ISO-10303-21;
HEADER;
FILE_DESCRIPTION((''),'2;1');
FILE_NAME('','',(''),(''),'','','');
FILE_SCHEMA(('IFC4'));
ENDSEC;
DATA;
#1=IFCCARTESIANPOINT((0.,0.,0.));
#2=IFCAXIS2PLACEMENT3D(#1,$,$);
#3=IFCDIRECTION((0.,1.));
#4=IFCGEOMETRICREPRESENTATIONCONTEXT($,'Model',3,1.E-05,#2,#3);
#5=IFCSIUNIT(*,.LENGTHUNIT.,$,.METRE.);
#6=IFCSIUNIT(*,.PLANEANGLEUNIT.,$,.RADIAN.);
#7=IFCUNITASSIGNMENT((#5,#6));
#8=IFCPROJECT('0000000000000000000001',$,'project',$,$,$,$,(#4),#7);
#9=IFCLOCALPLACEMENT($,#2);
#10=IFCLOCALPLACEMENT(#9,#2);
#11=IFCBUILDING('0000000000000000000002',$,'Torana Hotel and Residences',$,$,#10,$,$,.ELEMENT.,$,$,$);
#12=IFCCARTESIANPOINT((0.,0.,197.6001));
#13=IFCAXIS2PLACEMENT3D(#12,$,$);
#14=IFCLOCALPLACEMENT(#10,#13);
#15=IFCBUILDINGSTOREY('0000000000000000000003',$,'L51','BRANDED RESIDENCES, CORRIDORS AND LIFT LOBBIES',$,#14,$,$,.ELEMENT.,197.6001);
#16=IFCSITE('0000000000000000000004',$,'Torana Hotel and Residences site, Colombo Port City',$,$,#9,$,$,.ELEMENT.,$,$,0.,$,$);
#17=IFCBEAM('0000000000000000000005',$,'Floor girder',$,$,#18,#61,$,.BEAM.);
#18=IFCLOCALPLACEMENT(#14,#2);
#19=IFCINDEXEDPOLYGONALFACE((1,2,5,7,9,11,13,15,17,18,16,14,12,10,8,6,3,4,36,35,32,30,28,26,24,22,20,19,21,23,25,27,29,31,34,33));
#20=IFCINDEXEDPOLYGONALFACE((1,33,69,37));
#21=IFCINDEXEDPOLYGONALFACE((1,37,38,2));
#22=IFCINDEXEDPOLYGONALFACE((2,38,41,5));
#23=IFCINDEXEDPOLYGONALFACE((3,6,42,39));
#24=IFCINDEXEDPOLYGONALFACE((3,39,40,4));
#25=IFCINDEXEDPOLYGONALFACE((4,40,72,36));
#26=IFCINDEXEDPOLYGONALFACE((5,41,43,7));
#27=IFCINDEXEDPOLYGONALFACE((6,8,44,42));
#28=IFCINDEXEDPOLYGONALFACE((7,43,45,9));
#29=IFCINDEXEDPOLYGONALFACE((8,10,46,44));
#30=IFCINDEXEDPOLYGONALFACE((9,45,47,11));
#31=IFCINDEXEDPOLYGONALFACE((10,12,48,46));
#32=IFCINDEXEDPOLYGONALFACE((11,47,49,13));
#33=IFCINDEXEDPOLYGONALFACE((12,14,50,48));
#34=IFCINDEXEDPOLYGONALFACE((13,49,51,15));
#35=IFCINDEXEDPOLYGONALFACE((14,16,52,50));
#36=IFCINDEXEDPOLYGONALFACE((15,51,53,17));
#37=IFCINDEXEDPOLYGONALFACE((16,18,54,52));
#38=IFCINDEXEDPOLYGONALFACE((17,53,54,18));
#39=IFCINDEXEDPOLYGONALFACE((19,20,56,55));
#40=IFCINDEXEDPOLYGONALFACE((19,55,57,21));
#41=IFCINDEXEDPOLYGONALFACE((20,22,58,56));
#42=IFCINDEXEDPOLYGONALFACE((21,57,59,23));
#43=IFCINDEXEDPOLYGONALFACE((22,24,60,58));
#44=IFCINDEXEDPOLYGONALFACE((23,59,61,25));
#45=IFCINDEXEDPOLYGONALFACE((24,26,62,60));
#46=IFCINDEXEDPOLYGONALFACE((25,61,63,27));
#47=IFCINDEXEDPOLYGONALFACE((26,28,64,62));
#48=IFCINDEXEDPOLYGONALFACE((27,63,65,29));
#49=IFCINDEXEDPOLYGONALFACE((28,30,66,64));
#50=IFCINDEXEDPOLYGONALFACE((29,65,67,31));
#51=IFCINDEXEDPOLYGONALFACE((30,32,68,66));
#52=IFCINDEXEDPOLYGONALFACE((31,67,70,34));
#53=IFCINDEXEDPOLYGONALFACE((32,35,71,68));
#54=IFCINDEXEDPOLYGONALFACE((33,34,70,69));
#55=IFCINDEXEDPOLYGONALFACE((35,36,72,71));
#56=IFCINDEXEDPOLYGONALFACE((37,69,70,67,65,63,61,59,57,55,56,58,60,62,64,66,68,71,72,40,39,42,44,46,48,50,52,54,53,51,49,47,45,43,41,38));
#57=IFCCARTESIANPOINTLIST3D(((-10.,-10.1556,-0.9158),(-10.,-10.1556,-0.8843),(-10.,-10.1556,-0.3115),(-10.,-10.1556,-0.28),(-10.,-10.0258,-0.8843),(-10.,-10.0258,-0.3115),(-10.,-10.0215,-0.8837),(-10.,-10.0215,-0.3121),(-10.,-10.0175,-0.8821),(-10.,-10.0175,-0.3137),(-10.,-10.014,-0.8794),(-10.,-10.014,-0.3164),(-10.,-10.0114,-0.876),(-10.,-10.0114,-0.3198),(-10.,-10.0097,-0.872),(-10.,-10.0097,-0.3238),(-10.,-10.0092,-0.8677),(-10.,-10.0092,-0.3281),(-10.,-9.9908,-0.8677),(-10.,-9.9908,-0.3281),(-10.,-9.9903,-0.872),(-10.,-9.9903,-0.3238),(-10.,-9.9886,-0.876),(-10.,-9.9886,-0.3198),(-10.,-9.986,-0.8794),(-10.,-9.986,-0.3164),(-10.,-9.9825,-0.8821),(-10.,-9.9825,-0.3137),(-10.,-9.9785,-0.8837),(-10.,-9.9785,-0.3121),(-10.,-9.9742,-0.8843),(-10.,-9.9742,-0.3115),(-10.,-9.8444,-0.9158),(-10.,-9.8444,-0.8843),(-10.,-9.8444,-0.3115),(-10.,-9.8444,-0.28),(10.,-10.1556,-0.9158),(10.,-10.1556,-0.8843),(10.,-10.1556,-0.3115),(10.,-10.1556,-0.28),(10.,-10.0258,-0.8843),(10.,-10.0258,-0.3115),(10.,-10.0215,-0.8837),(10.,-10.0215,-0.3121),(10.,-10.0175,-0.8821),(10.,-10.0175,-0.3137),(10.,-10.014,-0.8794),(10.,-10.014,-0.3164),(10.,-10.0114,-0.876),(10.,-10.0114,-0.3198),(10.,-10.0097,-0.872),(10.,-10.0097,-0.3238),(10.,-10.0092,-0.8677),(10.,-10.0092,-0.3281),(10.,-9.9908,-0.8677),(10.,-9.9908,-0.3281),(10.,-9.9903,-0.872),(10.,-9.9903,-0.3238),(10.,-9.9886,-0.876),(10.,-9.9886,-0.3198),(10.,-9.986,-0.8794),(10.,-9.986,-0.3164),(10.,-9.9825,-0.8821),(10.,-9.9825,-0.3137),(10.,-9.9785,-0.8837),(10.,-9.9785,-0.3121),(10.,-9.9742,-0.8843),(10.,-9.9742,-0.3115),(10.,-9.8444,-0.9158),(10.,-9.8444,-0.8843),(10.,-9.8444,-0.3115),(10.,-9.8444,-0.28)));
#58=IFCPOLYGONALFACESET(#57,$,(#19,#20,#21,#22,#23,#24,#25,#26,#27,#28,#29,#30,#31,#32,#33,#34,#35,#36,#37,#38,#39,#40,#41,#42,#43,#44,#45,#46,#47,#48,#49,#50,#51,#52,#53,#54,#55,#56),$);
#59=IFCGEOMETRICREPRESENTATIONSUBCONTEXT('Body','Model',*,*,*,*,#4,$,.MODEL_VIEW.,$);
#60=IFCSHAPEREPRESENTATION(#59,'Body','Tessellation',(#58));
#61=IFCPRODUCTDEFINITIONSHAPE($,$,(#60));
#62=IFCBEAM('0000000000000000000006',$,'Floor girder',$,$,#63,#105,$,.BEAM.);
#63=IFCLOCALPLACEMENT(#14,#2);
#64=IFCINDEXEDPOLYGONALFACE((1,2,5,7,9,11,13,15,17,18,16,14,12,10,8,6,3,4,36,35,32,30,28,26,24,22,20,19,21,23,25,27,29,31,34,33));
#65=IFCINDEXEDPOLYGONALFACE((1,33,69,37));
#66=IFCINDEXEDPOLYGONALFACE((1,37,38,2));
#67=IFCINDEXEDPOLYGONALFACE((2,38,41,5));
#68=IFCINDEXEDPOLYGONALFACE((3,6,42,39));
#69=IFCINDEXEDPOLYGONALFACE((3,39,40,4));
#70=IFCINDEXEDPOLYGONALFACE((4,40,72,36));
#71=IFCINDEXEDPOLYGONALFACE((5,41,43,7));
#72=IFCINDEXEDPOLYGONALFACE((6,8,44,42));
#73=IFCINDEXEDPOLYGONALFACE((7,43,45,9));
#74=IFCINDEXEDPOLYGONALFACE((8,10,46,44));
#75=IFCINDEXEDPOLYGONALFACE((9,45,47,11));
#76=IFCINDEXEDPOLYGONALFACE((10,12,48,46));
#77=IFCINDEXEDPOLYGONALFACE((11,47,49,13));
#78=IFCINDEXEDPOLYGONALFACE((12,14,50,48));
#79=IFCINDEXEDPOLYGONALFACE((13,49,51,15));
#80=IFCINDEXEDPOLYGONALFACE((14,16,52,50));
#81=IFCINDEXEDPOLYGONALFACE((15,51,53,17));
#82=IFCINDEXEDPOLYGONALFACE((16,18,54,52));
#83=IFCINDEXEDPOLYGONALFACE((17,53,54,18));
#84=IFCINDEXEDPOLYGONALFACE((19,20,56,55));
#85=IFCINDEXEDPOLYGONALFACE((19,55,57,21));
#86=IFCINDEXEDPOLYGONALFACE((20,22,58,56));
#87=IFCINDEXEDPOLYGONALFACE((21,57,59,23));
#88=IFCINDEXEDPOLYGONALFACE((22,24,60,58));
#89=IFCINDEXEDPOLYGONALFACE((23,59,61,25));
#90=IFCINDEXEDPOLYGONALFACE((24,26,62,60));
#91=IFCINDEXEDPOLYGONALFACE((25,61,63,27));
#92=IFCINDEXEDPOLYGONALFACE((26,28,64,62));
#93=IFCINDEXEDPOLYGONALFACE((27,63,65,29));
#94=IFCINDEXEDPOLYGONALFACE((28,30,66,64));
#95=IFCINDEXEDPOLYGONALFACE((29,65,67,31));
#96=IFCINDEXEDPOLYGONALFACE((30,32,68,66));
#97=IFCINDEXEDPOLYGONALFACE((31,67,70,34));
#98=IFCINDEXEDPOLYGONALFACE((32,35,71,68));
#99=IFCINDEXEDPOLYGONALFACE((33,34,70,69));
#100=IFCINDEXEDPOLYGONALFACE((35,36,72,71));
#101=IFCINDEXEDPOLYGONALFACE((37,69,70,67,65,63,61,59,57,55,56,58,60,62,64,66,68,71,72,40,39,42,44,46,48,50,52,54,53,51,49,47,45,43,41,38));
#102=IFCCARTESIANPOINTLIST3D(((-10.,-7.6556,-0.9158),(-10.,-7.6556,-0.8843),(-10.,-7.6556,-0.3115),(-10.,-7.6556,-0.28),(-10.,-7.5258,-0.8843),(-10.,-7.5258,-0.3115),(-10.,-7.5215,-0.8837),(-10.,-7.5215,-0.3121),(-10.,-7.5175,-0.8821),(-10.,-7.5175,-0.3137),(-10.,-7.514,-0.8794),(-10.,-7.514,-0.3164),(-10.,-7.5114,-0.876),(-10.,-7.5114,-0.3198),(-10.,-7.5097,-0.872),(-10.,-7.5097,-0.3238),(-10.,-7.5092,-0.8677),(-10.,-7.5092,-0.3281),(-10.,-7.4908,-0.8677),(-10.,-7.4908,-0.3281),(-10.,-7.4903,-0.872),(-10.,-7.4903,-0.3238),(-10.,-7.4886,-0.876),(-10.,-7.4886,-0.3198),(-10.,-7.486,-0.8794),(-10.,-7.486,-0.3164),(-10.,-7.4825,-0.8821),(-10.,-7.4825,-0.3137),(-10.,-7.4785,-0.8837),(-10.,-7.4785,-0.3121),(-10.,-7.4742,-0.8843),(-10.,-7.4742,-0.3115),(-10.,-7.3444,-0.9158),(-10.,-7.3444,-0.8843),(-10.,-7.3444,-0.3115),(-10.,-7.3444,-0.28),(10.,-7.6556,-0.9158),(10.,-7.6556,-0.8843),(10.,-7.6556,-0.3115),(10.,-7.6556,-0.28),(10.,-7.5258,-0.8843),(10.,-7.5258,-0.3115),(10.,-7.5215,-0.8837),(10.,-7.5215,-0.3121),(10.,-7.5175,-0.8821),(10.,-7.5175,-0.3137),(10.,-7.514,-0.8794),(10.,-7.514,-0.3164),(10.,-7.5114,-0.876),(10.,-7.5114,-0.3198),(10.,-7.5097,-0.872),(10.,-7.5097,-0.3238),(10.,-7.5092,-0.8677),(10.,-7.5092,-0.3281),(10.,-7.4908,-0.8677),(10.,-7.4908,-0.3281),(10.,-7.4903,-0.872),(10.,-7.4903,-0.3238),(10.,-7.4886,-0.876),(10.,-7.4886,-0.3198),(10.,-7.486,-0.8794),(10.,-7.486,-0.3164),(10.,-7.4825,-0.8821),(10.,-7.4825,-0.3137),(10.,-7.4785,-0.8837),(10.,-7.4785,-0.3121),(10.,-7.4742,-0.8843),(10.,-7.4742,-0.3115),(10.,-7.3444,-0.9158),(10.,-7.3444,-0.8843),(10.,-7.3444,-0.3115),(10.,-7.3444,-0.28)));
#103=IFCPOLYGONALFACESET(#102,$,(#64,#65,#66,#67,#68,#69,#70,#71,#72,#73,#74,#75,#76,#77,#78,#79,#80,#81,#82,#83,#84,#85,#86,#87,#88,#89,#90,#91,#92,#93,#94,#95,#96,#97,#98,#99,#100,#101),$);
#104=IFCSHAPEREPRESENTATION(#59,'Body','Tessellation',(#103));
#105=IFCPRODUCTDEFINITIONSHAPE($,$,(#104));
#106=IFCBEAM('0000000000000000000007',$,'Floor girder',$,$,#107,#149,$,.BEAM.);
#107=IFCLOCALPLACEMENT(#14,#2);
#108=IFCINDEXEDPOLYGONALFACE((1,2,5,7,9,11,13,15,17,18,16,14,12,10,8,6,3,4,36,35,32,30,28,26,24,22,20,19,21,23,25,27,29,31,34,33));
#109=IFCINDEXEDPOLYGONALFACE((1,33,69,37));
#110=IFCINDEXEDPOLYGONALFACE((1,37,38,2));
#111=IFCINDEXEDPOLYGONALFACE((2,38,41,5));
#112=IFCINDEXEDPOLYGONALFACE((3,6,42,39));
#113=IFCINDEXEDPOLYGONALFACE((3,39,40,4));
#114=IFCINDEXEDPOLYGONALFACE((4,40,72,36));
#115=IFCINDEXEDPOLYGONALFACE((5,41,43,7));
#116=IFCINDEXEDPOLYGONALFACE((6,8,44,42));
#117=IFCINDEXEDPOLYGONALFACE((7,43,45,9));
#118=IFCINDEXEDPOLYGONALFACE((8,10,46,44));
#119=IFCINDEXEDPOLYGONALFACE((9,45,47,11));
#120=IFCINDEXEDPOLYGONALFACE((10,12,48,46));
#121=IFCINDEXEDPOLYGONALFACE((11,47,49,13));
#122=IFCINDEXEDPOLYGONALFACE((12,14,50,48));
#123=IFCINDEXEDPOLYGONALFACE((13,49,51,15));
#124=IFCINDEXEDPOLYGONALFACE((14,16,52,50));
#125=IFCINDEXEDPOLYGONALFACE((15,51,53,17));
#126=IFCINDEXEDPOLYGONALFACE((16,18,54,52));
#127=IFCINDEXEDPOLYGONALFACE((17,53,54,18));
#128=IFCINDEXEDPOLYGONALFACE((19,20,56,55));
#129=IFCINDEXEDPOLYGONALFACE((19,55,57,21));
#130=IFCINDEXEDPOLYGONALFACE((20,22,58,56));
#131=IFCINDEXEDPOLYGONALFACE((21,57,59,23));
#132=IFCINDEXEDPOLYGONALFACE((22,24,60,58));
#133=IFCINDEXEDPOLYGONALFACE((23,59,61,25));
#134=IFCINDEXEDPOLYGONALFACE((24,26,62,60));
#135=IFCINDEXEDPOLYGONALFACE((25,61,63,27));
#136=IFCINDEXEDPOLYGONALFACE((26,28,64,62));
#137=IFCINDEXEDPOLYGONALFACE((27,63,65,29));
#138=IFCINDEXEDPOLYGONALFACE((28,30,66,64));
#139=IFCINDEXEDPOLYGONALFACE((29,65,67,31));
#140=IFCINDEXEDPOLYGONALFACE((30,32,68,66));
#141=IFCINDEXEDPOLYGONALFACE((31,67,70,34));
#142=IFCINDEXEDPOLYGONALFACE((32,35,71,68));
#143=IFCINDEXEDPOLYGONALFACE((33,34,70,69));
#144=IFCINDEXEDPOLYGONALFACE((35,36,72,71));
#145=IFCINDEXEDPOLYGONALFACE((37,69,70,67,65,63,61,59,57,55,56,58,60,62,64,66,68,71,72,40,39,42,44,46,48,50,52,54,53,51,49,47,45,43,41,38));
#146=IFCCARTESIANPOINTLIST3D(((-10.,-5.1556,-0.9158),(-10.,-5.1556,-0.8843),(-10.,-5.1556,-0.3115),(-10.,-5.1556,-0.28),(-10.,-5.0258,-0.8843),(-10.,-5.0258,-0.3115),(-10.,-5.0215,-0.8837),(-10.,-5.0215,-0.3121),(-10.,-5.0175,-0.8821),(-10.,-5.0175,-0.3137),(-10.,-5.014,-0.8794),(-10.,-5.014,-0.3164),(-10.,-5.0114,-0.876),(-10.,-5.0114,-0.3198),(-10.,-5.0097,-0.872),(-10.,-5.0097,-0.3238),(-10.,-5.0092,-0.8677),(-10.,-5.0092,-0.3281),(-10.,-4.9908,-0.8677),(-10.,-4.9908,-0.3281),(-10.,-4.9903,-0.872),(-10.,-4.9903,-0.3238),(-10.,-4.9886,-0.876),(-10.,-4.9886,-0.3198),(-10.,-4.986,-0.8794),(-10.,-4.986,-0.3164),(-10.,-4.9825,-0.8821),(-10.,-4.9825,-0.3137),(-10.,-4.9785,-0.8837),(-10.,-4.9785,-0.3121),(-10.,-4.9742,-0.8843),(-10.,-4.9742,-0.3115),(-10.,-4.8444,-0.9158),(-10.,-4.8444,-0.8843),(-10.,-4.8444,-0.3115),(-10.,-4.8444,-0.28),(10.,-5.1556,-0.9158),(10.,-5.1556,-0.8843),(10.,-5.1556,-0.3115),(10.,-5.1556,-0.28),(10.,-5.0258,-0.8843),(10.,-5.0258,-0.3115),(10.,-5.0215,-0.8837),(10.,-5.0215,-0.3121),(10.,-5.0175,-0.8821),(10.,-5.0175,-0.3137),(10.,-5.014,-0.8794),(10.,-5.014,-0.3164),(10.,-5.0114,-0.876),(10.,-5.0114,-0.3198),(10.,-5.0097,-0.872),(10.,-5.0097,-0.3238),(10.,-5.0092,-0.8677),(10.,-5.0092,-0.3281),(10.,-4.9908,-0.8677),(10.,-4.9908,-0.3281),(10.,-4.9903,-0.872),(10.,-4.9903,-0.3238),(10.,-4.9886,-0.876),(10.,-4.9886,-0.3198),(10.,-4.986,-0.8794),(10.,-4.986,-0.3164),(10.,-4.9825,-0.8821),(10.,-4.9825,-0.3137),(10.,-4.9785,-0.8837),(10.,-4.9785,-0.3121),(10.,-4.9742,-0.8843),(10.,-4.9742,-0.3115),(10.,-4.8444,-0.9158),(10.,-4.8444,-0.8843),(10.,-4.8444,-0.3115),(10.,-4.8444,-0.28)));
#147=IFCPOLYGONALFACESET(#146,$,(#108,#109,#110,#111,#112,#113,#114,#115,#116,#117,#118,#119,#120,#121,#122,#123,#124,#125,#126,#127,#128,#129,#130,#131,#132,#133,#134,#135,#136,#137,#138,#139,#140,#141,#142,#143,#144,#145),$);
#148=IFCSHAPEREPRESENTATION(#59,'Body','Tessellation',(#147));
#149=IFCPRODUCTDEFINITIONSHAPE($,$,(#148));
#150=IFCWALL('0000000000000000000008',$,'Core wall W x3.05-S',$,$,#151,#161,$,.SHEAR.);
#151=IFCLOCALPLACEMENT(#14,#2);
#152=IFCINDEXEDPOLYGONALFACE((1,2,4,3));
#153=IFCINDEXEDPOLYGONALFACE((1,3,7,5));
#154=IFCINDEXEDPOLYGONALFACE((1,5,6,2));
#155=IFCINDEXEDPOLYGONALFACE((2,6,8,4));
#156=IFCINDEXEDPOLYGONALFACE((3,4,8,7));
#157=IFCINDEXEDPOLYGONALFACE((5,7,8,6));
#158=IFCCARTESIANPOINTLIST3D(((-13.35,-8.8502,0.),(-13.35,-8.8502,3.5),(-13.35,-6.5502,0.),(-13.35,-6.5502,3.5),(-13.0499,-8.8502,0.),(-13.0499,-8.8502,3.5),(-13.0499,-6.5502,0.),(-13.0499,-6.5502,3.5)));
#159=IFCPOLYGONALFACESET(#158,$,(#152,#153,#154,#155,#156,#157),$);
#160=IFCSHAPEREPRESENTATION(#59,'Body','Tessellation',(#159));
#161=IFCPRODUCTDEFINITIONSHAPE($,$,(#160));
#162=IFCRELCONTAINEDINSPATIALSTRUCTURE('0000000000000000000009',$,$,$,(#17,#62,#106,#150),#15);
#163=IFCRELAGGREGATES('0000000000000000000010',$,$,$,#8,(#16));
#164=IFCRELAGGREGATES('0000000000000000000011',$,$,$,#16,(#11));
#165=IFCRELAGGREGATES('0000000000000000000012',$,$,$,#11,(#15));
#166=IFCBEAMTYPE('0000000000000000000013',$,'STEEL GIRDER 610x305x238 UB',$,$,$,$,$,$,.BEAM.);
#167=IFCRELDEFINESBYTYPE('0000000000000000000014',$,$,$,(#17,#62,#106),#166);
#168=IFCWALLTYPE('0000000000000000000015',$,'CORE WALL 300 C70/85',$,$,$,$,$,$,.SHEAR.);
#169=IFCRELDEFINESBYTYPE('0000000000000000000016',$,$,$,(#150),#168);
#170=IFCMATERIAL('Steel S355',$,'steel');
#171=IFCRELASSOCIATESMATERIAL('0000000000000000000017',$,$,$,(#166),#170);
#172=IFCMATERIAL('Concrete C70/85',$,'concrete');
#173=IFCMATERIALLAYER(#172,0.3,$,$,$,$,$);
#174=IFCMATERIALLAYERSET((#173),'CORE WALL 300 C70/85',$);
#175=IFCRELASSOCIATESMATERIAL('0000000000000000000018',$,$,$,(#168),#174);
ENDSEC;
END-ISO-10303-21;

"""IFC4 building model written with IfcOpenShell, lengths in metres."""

from ifc_helpers import new_model, si_unit, direction, frame, frame_2d, origin, origin_2d, place, context, subcontext, project, spatial, rectangle, i_section, extrude, material, layer, layer_set, material_profile, profile_set, type_object, element, save


model = new_model("IFC4")

# Units and contexts
model_context = context("Model", 3, precision=1e-05, world=origin(), true_north=direction((0.0, 1.0)))
body_context = subcontext(model_context, "Body", "Model", "MODEL_VIEW")
ifc_project = project(units=[si_unit("LENGTHUNIT", "METRE"), si_unit("PLANEANGLEUNIT", "RADIAN")], contexts=[model_context])

# Site, building, storey
site_placement = place(None, origin())
site = spatial("IfcSite", under=ifc_project, at=site_placement, Name="Torana Hotel and Residences site, Colombo Port City", CompositionType="ELEMENT", RefElevation=0.0)
building_placement = place(site_placement, origin())
building = spatial("IfcBuilding", under=site, at=building_placement, Name="Torana Hotel and Residences", CompositionType="ELEMENT")
storey_placement = place(building_placement, frame((0.0, 0.0, 197.6001)))
storey = spatial("IfcBuildingStorey", under=building, at=storey_placement, Name="L51", Description="BRANDED RESIDENCES, CORRIDORS AND LIFT LOBBIES", CompositionType="ELEMENT", Elevation=197.6001)

# Beams
ifc_material_1 = material(Name="Steel S355", Category="steel")
ifc_material_profile = material_profile(ifc_material_1, i_section(OverallWidth=0.3113, OverallDepth=0.6357, WebThickness=0.0183, FlangeThickness=0.0315, FilletRadius=0.0166, at=origin_2d()), Name="610x305x238 UB")
ifc_profile_set = profile_set([ifc_material_profile], Name="Steel S355")
beam_type = type_object("IfcBeamType", Name="STEEL GIRDER 610x305x238 UB", PredefinedType="BEAM", material=ifc_profile_set)
for number, where, z_axis, x_axis, name in (
    (1, (-10.0, -10.0, -0.5979), (1.0, 0.0, 0.0), (0.0, 1.0, 0.0), "Floor girder"),
    (2, (-10.0, -7.5, -0.5979), (1.0, 0.0, 0.0), (0.0, 1.0, 0.0), "Floor girder"),
    (3, (-10.0, -5.0, -0.5979), (1.0, 0.0, 0.0), (0.0, 1.0, 0.0), "Floor girder"),
):
    element("IfcBeam", number, at=place(storey_placement, frame(where, z_axis=z_axis, x_axis=x_axis)), inside=storey, type_object=beam_type, Name=name, PredefinedType="BEAM", context=body_context, shape_type="SweptSolid", body=[
        extrude(i_section(OverallWidth=0.3113, OverallDepth=0.6357, WebThickness=0.0183, FlangeThickness=0.0315, FilletRadius=0.0166, at=origin_2d()), origin(), (0.0, 0.0, 1.0), 20.0),
    ])

# Wall
ifc_material_2 = material(Name="Concrete C70/85", Category="concrete")
ifc_layer_1 = layer(ifc_material_2, 0.3)
ifc_layer_set_1 = layer_set([ifc_layer_1], Name="CORE WALL 300 C70/85")
wall_type_1 = type_object("IfcWallType", Name="CORE WALL 300 C70/85", PredefinedType="SHEAR", material=ifc_layer_set_1)
wall_1_placement = place(storey_placement, frame((-13.2, -8.8501, 0.0), z_axis=(0.0, 0.0, 1.0), x_axis=(0.0, 1.0, 0.0)))
element("IfcWall", 4, at=wall_1_placement, inside=storey, type_object=wall_type_1, Name="Core wall W x3.05-S", PredefinedType="SHEAR", context=body_context, shape_type="SweptSolid", body=[
    extrude(rectangle(XDim=2.3, YDim=0.3, at=frame_2d((1.1499, 0.0))), origin(), (0.0, 0.0, 1.0), 3.5),
])

save(model, "model.ifc")
